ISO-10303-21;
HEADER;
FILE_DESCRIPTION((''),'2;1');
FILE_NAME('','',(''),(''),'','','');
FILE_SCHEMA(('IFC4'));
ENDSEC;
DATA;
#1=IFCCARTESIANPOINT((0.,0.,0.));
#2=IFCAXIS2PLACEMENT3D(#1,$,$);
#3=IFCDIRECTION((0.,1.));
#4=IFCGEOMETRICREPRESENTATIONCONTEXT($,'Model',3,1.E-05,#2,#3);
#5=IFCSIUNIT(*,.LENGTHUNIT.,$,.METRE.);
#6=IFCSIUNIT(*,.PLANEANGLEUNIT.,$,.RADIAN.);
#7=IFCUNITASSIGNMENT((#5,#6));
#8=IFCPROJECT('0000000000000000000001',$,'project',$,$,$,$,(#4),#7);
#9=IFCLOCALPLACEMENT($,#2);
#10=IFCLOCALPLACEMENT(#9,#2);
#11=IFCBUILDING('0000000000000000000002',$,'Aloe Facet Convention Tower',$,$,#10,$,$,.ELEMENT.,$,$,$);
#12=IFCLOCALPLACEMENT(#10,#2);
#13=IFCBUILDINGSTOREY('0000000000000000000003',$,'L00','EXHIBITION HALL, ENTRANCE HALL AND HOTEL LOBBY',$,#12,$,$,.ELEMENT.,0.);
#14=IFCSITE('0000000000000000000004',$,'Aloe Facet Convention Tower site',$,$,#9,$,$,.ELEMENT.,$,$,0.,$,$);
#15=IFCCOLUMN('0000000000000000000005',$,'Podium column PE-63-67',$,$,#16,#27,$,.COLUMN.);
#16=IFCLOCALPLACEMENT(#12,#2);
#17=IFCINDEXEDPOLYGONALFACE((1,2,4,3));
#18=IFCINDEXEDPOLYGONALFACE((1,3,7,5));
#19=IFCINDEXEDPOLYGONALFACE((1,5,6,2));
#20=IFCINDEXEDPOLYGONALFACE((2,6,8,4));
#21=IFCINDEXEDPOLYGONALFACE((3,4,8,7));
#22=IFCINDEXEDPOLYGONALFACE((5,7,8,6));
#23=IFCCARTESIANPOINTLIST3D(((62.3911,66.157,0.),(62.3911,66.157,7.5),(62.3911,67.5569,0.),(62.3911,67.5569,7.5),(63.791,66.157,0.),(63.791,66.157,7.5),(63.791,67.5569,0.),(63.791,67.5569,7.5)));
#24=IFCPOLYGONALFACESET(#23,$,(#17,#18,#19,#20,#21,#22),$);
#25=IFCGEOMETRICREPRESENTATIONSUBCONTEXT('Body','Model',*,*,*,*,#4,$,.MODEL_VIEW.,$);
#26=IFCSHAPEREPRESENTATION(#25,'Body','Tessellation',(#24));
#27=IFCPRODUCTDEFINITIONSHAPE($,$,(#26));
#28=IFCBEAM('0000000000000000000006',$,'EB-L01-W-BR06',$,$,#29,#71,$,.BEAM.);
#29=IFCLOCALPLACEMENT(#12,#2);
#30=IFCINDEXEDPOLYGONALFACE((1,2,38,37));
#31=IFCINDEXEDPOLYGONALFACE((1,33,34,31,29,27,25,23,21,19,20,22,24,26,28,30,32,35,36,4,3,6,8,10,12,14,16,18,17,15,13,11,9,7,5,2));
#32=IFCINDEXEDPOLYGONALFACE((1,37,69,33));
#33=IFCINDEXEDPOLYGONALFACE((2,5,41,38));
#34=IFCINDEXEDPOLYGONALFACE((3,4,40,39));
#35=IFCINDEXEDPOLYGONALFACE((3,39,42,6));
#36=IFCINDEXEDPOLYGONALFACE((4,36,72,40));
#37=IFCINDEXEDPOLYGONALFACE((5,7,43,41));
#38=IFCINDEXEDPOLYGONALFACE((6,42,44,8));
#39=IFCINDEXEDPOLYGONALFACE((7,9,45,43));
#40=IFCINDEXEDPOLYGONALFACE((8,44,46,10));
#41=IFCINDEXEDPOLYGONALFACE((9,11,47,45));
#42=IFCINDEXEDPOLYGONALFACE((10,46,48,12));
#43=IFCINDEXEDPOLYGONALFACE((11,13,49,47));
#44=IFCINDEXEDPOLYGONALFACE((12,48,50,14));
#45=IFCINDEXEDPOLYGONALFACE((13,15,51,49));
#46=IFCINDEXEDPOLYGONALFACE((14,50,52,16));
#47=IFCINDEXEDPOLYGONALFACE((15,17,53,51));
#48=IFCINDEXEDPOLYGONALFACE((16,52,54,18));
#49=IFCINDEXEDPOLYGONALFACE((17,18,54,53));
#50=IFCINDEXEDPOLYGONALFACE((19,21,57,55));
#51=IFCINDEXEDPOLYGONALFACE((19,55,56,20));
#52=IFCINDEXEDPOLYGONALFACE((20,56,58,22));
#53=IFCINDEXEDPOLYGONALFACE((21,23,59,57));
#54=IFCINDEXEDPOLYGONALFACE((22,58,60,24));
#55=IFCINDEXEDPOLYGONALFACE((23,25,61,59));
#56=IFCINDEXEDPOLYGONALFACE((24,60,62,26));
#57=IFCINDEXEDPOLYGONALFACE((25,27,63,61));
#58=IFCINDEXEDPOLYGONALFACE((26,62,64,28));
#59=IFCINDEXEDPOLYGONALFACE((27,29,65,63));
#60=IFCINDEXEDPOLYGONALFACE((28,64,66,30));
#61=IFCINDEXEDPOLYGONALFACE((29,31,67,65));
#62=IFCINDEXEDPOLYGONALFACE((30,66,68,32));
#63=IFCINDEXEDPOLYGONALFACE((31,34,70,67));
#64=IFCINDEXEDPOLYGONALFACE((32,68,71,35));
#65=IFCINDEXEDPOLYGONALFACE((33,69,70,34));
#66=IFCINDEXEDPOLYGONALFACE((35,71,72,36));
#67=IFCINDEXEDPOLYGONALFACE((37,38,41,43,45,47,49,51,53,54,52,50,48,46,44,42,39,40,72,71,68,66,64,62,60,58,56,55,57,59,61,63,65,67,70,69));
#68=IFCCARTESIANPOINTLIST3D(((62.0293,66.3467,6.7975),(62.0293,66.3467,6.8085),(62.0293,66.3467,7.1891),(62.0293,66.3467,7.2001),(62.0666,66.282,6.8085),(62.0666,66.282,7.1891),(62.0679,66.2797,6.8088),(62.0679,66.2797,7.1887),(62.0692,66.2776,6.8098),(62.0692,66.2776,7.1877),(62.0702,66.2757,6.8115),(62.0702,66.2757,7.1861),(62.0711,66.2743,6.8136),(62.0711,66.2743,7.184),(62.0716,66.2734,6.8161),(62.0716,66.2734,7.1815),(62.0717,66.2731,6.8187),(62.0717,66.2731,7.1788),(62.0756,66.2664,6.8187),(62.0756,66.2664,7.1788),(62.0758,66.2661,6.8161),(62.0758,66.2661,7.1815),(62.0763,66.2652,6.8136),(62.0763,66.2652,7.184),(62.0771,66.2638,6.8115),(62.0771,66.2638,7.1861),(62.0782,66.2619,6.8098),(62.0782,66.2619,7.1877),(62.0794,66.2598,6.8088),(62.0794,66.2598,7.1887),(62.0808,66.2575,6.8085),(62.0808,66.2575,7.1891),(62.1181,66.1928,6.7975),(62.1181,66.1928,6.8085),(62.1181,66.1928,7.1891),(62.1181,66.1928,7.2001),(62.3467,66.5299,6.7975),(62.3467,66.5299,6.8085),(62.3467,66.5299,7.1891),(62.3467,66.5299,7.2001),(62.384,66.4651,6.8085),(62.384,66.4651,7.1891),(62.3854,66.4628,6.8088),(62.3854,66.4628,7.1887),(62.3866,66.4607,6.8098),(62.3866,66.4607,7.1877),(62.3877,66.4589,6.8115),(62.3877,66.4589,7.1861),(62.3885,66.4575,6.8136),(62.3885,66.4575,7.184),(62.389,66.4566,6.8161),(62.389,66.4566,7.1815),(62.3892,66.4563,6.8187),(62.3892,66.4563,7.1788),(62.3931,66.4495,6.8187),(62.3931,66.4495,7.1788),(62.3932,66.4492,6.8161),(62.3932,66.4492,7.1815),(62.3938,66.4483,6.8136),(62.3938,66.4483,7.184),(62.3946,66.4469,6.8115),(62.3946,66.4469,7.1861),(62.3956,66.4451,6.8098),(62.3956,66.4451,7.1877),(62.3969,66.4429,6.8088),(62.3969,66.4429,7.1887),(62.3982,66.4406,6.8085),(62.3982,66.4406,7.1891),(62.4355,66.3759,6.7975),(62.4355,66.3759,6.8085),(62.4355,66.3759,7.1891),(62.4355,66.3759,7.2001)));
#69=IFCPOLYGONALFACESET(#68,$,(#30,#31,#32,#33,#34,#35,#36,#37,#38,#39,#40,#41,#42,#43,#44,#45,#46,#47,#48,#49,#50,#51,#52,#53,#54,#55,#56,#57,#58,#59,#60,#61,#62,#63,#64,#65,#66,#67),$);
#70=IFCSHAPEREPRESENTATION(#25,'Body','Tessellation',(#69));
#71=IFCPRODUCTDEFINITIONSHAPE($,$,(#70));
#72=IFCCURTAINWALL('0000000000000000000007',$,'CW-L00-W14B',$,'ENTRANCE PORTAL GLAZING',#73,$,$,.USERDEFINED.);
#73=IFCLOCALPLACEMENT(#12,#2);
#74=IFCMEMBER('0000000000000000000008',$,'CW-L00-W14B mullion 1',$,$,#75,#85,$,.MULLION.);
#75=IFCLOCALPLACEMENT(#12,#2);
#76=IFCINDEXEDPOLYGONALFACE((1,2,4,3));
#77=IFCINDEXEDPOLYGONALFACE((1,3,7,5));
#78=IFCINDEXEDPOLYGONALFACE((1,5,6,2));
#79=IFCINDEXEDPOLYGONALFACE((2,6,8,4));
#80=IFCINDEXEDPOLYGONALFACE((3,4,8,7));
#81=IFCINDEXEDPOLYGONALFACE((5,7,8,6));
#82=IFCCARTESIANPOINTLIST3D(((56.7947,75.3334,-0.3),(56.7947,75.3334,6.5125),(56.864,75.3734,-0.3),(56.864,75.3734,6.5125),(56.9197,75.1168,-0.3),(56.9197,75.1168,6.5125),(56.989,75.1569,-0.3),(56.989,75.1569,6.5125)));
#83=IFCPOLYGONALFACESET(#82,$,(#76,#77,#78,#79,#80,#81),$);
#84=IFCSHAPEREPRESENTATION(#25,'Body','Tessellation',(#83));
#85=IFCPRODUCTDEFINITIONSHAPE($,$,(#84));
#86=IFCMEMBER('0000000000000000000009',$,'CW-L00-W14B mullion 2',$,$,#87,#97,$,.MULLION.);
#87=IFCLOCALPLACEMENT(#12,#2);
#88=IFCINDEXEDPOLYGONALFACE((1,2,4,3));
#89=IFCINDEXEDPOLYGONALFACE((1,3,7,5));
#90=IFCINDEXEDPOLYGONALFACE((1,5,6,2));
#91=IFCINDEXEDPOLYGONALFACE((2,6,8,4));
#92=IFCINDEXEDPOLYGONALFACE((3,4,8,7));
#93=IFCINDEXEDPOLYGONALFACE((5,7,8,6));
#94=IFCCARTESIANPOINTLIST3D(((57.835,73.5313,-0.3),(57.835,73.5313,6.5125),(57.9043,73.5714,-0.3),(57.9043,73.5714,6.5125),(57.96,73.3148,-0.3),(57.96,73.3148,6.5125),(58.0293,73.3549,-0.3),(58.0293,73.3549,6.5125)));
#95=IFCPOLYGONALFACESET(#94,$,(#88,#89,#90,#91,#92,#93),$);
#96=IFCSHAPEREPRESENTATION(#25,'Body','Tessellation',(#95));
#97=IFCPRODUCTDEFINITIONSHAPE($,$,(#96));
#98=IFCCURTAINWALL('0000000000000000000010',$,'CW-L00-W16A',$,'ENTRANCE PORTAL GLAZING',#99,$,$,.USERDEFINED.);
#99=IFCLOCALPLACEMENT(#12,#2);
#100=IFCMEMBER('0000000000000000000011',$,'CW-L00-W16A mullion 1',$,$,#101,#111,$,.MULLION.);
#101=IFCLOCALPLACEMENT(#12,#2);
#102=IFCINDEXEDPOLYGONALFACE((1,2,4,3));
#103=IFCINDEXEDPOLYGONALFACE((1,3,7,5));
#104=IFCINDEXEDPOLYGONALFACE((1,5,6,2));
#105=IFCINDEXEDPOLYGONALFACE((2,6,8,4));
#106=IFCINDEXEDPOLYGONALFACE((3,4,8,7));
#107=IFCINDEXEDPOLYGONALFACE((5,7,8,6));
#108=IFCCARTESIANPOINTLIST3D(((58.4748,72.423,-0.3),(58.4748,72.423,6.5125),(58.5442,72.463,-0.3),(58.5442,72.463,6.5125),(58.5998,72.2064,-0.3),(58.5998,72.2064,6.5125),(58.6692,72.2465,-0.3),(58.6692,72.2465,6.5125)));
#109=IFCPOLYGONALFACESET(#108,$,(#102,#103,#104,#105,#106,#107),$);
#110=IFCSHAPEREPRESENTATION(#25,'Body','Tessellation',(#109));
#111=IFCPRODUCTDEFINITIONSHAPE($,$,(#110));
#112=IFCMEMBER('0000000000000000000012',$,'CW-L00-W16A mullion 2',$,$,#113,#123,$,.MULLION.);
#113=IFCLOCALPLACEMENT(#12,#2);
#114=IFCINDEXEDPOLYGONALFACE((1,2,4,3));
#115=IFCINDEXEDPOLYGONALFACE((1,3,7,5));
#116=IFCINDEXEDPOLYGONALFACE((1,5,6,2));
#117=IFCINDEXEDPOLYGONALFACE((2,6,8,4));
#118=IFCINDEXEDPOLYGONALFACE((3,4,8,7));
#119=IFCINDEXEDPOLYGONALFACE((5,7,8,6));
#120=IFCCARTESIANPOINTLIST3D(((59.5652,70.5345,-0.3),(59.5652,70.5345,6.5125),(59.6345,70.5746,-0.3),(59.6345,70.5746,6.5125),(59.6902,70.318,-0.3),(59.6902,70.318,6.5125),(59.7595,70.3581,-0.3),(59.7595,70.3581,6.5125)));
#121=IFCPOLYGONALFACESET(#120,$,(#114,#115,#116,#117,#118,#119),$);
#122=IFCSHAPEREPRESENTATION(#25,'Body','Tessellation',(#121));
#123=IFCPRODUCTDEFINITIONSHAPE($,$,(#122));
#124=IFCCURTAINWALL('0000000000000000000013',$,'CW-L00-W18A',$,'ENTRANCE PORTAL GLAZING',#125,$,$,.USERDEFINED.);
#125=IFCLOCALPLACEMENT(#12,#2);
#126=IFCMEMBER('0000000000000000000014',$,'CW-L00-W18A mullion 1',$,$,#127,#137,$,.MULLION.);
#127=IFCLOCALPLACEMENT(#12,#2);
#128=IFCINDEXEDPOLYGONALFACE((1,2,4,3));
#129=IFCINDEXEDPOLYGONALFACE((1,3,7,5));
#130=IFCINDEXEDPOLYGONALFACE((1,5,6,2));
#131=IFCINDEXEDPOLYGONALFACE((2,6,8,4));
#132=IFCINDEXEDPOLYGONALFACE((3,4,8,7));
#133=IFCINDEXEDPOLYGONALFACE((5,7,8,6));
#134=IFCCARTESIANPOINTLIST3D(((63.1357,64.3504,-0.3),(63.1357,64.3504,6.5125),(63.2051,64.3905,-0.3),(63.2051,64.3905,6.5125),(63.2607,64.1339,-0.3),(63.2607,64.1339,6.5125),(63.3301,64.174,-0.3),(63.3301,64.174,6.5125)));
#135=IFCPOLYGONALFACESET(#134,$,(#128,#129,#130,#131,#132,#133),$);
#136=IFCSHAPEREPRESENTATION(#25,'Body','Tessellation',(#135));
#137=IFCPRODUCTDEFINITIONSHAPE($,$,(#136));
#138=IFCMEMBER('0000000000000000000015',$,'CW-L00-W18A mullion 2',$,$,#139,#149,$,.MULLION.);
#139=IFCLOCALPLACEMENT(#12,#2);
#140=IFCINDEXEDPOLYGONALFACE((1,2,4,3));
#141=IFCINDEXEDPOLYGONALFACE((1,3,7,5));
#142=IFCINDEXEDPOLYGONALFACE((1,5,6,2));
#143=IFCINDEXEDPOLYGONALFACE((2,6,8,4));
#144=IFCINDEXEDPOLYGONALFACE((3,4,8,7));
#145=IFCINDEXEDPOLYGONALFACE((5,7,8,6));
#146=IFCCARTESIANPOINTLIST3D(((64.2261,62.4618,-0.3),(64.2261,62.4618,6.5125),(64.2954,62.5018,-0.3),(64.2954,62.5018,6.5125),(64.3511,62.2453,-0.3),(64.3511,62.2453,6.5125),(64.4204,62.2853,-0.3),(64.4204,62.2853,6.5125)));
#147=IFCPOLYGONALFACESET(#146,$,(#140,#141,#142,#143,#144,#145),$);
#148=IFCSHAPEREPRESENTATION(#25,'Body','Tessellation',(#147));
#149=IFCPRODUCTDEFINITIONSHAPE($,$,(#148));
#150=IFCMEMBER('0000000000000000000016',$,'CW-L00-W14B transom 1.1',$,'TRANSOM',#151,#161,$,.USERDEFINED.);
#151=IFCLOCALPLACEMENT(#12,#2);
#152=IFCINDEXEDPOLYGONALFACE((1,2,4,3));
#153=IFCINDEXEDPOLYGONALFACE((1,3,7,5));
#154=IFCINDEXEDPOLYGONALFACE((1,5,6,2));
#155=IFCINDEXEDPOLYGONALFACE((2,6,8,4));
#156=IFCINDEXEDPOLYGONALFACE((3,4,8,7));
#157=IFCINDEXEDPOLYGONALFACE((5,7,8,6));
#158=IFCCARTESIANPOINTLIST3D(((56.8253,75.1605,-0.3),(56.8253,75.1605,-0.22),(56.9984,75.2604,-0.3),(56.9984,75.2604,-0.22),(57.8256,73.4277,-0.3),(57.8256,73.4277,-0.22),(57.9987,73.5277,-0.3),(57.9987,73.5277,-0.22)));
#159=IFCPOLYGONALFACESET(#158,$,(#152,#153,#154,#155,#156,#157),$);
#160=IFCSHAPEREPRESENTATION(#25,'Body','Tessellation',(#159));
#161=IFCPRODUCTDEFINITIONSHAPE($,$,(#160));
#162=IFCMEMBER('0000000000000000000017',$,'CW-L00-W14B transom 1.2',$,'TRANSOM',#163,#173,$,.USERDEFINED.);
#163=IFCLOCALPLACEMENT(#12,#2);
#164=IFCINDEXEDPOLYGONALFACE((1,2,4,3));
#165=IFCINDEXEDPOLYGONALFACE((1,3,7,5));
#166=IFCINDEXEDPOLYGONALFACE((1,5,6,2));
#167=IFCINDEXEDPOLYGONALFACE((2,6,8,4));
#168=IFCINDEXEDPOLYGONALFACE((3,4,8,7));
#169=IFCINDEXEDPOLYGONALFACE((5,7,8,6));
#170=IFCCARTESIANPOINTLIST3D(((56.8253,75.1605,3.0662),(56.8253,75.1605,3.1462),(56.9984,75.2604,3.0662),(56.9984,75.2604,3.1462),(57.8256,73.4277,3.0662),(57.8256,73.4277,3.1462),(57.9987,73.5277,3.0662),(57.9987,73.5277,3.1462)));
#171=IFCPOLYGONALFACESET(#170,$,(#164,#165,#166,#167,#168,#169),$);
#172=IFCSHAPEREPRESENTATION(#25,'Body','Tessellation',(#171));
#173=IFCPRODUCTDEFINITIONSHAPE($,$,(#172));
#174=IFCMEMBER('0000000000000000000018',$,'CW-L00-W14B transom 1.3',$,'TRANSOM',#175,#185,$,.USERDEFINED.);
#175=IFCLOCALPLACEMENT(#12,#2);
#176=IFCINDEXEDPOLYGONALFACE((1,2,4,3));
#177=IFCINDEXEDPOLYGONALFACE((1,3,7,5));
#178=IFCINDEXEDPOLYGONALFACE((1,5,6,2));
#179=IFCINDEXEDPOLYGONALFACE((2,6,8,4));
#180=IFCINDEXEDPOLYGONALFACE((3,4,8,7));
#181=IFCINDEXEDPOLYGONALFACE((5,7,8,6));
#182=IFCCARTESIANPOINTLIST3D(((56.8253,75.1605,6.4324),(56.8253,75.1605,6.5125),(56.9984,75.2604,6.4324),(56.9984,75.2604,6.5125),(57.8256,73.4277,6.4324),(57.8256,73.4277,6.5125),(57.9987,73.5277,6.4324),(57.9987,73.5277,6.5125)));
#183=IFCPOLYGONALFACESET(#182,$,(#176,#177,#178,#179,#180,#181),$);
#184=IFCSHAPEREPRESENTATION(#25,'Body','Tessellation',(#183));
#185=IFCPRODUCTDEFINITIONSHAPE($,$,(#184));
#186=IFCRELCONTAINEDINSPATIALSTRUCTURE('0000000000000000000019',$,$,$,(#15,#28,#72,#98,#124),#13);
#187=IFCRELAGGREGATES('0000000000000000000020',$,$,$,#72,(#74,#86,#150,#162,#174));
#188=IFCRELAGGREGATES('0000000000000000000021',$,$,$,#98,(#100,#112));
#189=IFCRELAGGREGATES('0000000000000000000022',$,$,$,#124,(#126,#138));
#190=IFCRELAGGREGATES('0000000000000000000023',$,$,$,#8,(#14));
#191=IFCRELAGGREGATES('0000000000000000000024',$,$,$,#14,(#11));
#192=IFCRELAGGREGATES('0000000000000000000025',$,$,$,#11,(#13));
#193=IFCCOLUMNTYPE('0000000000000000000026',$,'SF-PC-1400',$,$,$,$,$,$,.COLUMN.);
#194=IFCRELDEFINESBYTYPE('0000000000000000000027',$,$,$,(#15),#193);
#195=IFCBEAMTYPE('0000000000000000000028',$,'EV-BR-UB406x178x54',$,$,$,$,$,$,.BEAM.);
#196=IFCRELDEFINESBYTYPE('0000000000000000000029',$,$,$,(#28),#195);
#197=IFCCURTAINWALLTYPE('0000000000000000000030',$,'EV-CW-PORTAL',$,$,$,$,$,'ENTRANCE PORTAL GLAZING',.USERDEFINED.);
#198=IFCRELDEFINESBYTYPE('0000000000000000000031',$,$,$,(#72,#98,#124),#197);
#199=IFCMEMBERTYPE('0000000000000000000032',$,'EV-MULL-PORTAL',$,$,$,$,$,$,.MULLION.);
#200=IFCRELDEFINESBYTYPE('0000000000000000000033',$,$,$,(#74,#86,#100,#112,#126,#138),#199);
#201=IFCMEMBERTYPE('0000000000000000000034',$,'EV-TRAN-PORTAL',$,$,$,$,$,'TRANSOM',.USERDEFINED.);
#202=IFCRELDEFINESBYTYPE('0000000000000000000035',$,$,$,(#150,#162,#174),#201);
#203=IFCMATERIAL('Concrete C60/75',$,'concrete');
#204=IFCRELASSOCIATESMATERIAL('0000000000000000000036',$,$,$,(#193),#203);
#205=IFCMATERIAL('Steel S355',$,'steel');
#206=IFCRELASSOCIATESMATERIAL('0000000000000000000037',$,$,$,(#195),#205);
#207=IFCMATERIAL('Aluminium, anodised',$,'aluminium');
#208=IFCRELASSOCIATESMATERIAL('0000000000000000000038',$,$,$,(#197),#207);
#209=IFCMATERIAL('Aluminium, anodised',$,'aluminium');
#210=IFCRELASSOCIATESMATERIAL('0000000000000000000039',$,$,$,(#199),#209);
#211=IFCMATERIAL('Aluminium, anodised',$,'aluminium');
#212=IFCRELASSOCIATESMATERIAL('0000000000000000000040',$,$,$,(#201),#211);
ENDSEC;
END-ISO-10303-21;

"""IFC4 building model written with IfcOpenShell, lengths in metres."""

from ifc_helpers import new_model, si_unit, direction, frame, origin, origin_2d, place, context, subcontext, project, spatial, rectangle, i_section, extrude, material, material_profile, profile_set, type_object, element, aggregate, save


model = new_model("IFC4")

# Units and contexts
model_context = context("Model", 3, precision=1e-05, world=origin(), true_north=direction((0.0, 1.0)))
body_context = subcontext(model_context, "Body", "Model", "MODEL_VIEW")
ifc_project = project(units=[si_unit("LENGTHUNIT", "METRE"), si_unit("PLANEANGLEUNIT", "RADIAN")], contexts=[model_context])

# Site, building, storey
site_placement = place(None, origin())
site = spatial("IfcSite", under=ifc_project, at=site_placement, Name="Aloe Facet Convention Tower site", CompositionType="ELEMENT", RefElevation=0.0)
building_placement = place(site_placement, origin())
building = spatial("IfcBuilding", under=site, at=building_placement, Name="Aloe Facet Convention Tower", CompositionType="ELEMENT")
storey_placement = place(building_placement, origin())
storey = spatial("IfcBuildingStorey", under=building, at=storey_placement, Name="L00", Description="EXHIBITION HALL, ENTRANCE HALL AND HOTEL LOBBY", CompositionType="ELEMENT", Elevation=0.0)

# Column
ifc_material_1 = material(Name="Concrete C60/75", Category="concrete")
ifc_material_profile_1 = material_profile(ifc_material_1, rectangle(XDim=1.3999, YDim=1.3999, at=origin_2d()), Name="SF-PC-1400")
ifc_profile_set_1 = profile_set([ifc_material_profile_1], Name="Concrete C60/75")
column_type = type_object("IfcColumnType", Name="SF-PC-1400", PredefinedType="COLUMN", material=ifc_profile_set_1)
column_placement = place(storey_placement, frame((63.0911, 66.8569, 0.0), z_axis=(0.0, 0.0, 1.0), x_axis=(1.0, 0.0, 0.0)))
element("IfcColumn", 1, at=column_placement, inside=storey, type_object=column_type, Name="Podium column PE-63-67", PredefinedType="COLUMN", context=body_context, shape_type="SweptSolid", body=[
    extrude(rectangle(XDim=1.3999, YDim=1.3999, at=origin_2d()), origin(), (0.0, 0.0, 1.0), 7.5),
])

# Beam
ifc_material_2 = material(Name="Steel S355", Category="steel")
ifc_material_profile_2 = material_profile(ifc_material_2, i_section(OverallWidth=0.1777, OverallDepth=0.4026, WebThickness=0.0078, FlangeThickness=0.011, FilletRadius=0.0103, at=origin_2d()), Name="UB 406x178x54")
ifc_profile_set_2 = profile_set([ifc_material_profile_2], Name="Steel S355")
beam_type_1 = type_object("IfcBeamType", Name="EV-BR-UB406x178x54", PredefinedType="BEAM", material=ifc_profile_set_2)
beam_1_placement = place(storey_placement, frame((62.3911, 66.4529, 6.9988), z_axis=(-0.866186, -0.499722, 0.0), x_axis=(0.499722, -0.866186, 0.0)))
element("IfcBeam", 2, at=beam_1_placement, inside=storey, type_object=beam_type_1, Name="EB-L01-W-BR06", PredefinedType="BEAM", context=body_context, shape_type="SweptSolid", body=[
    extrude(i_section(OverallWidth=0.1777, OverallDepth=0.4026, WebThickness=0.0078, FlangeThickness=0.011, FilletRadius=0.0103, at=origin_2d()), origin(), (0.0, 0.0, 1.0), 0.3665),
])

# Curtain walls, members
ifc_material_3 = material(Name="Aluminium, anodised", Category="aluminium")
curtain_wall_type = type_object("IfcCurtainWallType", Name="EV-CW-PORTAL", ElementType="ENTRANCE PORTAL GLAZING", PredefinedType="USERDEFINED", material=ifc_material_3)
curtain_wall_1_placement = place(storey_placement, origin())
curtain_wall_1 = element("IfcCurtainWall", 3, at=curtain_wall_1_placement, inside=storey, type_object=curtain_wall_type, Name="CW-L00-W14B", ObjectType="ENTRANCE PORTAL GLAZING", PredefinedType="USERDEFINED")
ifc_material_4 = material(Name="Aluminium, anodised", Category="aluminium")
ifc_material_profile_3 = material_profile(ifc_material_4, rectangle(XDim=0.0801, YDim=0.25, at=origin_2d()), Name="AL 80x250")
ifc_profile_set_3 = profile_set([ifc_material_profile_3], Name="Aluminium, anodised")
member_type_1 = type_object("IfcMemberType", Name="EV-MULL-PORTAL", PredefinedType="MULLION", material=ifc_profile_set_3)
member_1_placement = place(storey_placement, frame((56.8918, 75.2451, -0.3), z_axis=(0.0, 0.0, 1.0), x_axis=(0.866025, 0.5, 0.0)))
member_1 = element("IfcMember", 4, at=member_1_placement, type_object=member_type_1, Name="CW-L00-W14B mullion 1", PredefinedType="MULLION", context=body_context, shape_type="SweptSolid", body=[
    extrude(rectangle(XDim=0.0801, YDim=0.25, at=origin_2d()), origin(), (0.0, 0.0, 1.0), 6.8125),
])
member_2_placement = place(storey_placement, frame((57.9321, 73.4431, -0.3), z_axis=(0.0, 0.0, 1.0), x_axis=(0.866025, 0.5, 0.0)))
member_2 = element("IfcMember", 5, at=member_2_placement, type_object=member_type_1, Name="CW-L00-W14B mullion 2", PredefinedType="MULLION", context=body_context, shape_type="SweptSolid", body=[
    extrude(rectangle(XDim=0.0801, YDim=0.25, at=origin_2d()), origin(), (0.0, 0.0, 1.0), 6.8125),
])
curtain_wall_2_placement = place(storey_placement, origin())
curtain_wall_2 = element("IfcCurtainWall", 6, at=curtain_wall_2_placement, inside=storey, type_object=curtain_wall_type, Name="CW-L00-W16A", ObjectType="ENTRANCE PORTAL GLAZING", PredefinedType="USERDEFINED")
member_3_placement = place(storey_placement, frame((58.572, 72.3347, -0.3), z_axis=(0.0, 0.0, 1.0), x_axis=(0.866025, 0.5, 0.0)))
member_3 = element("IfcMember", 7, at=member_3_placement, type_object=member_type_1, Name="CW-L00-W16A mullion 1", PredefinedType="MULLION", context=body_context, shape_type="SweptSolid", body=[
    extrude(rectangle(XDim=0.0801, YDim=0.25, at=origin_2d()), origin(), (0.0, 0.0, 1.0), 6.8125),
])
member_4_placement = place(storey_placement, frame((59.6624, 70.4463, -0.3), z_axis=(0.0, 0.0, 1.0), x_axis=(0.866025, 0.5, 0.0)))
member_4 = element("IfcMember", 8, at=member_4_placement, type_object=member_type_1, Name="CW-L00-W16A mullion 2", PredefinedType="MULLION", context=body_context, shape_type="SweptSolid", body=[
    extrude(rectangle(XDim=0.0801, YDim=0.25, at=origin_2d()), origin(), (0.0, 0.0, 1.0), 6.8125),
])
curtain_wall_3_placement = place(storey_placement, origin())
curtain_wall_3 = element("IfcCurtainWall", 9, at=curtain_wall_3_placement, inside=storey, type_object=curtain_wall_type, Name="CW-L00-W18A", ObjectType="ENTRANCE PORTAL GLAZING", PredefinedType="USERDEFINED")
member_5_placement = place(storey_placement, frame((63.2329, 64.2622, -0.3), z_axis=(0.0, 0.0, 1.0), x_axis=(0.866025, 0.5, 0.0)))
member_5 = element("IfcMember", 10, at=member_5_placement, type_object=member_type_1, Name="CW-L00-W18A mullion 1", PredefinedType="MULLION", context=body_context, shape_type="SweptSolid", body=[
    extrude(rectangle(XDim=0.0801, YDim=0.25, at=origin_2d()), origin(), (0.0, 0.0, 1.0), 6.8125),
])
member_6_placement = place(storey_placement, frame((64.3232, 62.3735, -0.3), z_axis=(0.0, 0.0, 1.0), x_axis=(0.866025, 0.5, 0.0)))
member_6 = element("IfcMember", 11, at=member_6_placement, type_object=member_type_1, Name="CW-L00-W18A mullion 2", PredefinedType="MULLION", context=body_context, shape_type="SweptSolid", body=[
    extrude(rectangle(XDim=0.0801, YDim=0.25, at=origin_2d()), origin(), (0.0, 0.0, 1.0), 6.8125),
])

# Members
ifc_material_5 = material(Name="Aluminium, anodised", Category="aluminium")
ifc_material_profile_4 = material_profile(ifc_material_5, rectangle(XDim=0.2, YDim=0.0801, at=origin_2d()), Name="AL 200x80")
ifc_profile_set_4 = profile_set([ifc_material_profile_4], Name="Aluminium, anodised")
member_type_2 = type_object("IfcMemberType", Name="EV-TRAN-PORTAL", ElementType="TRANSOM", PredefinedType="USERDEFINED", material=ifc_profile_set_4)
member_7_placement = place(storey_placement, frame((56.9119, 75.2104, -0.26), z_axis=(0.499958, -0.866049, 0.0), x_axis=(0.866049, 0.499958, 0.0)))
member_7 = element("IfcMember", 12, at=member_7_placement, type_object=member_type_2, Name="CW-L00-W14B transom 1.1", ObjectType="TRANSOM", PredefinedType="USERDEFINED", context=body_context, shape_type="SweptSolid", body=[
    extrude(rectangle(XDim=0.2, YDim=0.0801, at=origin_2d()), origin(), (0.0, 0.0, 1.0), 2.0007),
])
member_8_placement = place(storey_placement, frame((56.9119, 75.2104, 3.1062), z_axis=(0.499958, -0.866049, 0.0), x_axis=(0.866049, 0.499958, 0.0)))
member_8 = element("IfcMember", 13, at=member_8_placement, type_object=member_type_2, Name="CW-L00-W14B transom 1.2", ObjectType="TRANSOM", PredefinedType="USERDEFINED", context=body_context, shape_type="SweptSolid", body=[
    extrude(rectangle(XDim=0.2, YDim=0.0801, at=origin_2d()), origin(), (0.0, 0.0, 1.0), 2.0007),
])
member_9_placement = place(storey_placement, frame((56.9119, 75.2104, 6.4724), z_axis=(0.499958, -0.866049, 0.0), x_axis=(0.866049, 0.499958, 0.0)))
member_9 = element("IfcMember", 14, at=member_9_placement, type_object=member_type_2, Name="CW-L00-W14B transom 1.3", ObjectType="TRANSOM", PredefinedType="USERDEFINED", context=body_context, shape_type="SweptSolid", body=[
    extrude(rectangle(XDim=0.2, YDim=0.0801, at=origin_2d()), origin(), (0.0, 0.0, 1.0), 2.0007),
])

aggregate(curtain_wall_1, [member_1, member_2, member_7, member_8, member_9])
aggregate(curtain_wall_2, [member_3, member_4])
aggregate(curtain_wall_3, [member_5, member_6])

save(model, "model.ifc")
